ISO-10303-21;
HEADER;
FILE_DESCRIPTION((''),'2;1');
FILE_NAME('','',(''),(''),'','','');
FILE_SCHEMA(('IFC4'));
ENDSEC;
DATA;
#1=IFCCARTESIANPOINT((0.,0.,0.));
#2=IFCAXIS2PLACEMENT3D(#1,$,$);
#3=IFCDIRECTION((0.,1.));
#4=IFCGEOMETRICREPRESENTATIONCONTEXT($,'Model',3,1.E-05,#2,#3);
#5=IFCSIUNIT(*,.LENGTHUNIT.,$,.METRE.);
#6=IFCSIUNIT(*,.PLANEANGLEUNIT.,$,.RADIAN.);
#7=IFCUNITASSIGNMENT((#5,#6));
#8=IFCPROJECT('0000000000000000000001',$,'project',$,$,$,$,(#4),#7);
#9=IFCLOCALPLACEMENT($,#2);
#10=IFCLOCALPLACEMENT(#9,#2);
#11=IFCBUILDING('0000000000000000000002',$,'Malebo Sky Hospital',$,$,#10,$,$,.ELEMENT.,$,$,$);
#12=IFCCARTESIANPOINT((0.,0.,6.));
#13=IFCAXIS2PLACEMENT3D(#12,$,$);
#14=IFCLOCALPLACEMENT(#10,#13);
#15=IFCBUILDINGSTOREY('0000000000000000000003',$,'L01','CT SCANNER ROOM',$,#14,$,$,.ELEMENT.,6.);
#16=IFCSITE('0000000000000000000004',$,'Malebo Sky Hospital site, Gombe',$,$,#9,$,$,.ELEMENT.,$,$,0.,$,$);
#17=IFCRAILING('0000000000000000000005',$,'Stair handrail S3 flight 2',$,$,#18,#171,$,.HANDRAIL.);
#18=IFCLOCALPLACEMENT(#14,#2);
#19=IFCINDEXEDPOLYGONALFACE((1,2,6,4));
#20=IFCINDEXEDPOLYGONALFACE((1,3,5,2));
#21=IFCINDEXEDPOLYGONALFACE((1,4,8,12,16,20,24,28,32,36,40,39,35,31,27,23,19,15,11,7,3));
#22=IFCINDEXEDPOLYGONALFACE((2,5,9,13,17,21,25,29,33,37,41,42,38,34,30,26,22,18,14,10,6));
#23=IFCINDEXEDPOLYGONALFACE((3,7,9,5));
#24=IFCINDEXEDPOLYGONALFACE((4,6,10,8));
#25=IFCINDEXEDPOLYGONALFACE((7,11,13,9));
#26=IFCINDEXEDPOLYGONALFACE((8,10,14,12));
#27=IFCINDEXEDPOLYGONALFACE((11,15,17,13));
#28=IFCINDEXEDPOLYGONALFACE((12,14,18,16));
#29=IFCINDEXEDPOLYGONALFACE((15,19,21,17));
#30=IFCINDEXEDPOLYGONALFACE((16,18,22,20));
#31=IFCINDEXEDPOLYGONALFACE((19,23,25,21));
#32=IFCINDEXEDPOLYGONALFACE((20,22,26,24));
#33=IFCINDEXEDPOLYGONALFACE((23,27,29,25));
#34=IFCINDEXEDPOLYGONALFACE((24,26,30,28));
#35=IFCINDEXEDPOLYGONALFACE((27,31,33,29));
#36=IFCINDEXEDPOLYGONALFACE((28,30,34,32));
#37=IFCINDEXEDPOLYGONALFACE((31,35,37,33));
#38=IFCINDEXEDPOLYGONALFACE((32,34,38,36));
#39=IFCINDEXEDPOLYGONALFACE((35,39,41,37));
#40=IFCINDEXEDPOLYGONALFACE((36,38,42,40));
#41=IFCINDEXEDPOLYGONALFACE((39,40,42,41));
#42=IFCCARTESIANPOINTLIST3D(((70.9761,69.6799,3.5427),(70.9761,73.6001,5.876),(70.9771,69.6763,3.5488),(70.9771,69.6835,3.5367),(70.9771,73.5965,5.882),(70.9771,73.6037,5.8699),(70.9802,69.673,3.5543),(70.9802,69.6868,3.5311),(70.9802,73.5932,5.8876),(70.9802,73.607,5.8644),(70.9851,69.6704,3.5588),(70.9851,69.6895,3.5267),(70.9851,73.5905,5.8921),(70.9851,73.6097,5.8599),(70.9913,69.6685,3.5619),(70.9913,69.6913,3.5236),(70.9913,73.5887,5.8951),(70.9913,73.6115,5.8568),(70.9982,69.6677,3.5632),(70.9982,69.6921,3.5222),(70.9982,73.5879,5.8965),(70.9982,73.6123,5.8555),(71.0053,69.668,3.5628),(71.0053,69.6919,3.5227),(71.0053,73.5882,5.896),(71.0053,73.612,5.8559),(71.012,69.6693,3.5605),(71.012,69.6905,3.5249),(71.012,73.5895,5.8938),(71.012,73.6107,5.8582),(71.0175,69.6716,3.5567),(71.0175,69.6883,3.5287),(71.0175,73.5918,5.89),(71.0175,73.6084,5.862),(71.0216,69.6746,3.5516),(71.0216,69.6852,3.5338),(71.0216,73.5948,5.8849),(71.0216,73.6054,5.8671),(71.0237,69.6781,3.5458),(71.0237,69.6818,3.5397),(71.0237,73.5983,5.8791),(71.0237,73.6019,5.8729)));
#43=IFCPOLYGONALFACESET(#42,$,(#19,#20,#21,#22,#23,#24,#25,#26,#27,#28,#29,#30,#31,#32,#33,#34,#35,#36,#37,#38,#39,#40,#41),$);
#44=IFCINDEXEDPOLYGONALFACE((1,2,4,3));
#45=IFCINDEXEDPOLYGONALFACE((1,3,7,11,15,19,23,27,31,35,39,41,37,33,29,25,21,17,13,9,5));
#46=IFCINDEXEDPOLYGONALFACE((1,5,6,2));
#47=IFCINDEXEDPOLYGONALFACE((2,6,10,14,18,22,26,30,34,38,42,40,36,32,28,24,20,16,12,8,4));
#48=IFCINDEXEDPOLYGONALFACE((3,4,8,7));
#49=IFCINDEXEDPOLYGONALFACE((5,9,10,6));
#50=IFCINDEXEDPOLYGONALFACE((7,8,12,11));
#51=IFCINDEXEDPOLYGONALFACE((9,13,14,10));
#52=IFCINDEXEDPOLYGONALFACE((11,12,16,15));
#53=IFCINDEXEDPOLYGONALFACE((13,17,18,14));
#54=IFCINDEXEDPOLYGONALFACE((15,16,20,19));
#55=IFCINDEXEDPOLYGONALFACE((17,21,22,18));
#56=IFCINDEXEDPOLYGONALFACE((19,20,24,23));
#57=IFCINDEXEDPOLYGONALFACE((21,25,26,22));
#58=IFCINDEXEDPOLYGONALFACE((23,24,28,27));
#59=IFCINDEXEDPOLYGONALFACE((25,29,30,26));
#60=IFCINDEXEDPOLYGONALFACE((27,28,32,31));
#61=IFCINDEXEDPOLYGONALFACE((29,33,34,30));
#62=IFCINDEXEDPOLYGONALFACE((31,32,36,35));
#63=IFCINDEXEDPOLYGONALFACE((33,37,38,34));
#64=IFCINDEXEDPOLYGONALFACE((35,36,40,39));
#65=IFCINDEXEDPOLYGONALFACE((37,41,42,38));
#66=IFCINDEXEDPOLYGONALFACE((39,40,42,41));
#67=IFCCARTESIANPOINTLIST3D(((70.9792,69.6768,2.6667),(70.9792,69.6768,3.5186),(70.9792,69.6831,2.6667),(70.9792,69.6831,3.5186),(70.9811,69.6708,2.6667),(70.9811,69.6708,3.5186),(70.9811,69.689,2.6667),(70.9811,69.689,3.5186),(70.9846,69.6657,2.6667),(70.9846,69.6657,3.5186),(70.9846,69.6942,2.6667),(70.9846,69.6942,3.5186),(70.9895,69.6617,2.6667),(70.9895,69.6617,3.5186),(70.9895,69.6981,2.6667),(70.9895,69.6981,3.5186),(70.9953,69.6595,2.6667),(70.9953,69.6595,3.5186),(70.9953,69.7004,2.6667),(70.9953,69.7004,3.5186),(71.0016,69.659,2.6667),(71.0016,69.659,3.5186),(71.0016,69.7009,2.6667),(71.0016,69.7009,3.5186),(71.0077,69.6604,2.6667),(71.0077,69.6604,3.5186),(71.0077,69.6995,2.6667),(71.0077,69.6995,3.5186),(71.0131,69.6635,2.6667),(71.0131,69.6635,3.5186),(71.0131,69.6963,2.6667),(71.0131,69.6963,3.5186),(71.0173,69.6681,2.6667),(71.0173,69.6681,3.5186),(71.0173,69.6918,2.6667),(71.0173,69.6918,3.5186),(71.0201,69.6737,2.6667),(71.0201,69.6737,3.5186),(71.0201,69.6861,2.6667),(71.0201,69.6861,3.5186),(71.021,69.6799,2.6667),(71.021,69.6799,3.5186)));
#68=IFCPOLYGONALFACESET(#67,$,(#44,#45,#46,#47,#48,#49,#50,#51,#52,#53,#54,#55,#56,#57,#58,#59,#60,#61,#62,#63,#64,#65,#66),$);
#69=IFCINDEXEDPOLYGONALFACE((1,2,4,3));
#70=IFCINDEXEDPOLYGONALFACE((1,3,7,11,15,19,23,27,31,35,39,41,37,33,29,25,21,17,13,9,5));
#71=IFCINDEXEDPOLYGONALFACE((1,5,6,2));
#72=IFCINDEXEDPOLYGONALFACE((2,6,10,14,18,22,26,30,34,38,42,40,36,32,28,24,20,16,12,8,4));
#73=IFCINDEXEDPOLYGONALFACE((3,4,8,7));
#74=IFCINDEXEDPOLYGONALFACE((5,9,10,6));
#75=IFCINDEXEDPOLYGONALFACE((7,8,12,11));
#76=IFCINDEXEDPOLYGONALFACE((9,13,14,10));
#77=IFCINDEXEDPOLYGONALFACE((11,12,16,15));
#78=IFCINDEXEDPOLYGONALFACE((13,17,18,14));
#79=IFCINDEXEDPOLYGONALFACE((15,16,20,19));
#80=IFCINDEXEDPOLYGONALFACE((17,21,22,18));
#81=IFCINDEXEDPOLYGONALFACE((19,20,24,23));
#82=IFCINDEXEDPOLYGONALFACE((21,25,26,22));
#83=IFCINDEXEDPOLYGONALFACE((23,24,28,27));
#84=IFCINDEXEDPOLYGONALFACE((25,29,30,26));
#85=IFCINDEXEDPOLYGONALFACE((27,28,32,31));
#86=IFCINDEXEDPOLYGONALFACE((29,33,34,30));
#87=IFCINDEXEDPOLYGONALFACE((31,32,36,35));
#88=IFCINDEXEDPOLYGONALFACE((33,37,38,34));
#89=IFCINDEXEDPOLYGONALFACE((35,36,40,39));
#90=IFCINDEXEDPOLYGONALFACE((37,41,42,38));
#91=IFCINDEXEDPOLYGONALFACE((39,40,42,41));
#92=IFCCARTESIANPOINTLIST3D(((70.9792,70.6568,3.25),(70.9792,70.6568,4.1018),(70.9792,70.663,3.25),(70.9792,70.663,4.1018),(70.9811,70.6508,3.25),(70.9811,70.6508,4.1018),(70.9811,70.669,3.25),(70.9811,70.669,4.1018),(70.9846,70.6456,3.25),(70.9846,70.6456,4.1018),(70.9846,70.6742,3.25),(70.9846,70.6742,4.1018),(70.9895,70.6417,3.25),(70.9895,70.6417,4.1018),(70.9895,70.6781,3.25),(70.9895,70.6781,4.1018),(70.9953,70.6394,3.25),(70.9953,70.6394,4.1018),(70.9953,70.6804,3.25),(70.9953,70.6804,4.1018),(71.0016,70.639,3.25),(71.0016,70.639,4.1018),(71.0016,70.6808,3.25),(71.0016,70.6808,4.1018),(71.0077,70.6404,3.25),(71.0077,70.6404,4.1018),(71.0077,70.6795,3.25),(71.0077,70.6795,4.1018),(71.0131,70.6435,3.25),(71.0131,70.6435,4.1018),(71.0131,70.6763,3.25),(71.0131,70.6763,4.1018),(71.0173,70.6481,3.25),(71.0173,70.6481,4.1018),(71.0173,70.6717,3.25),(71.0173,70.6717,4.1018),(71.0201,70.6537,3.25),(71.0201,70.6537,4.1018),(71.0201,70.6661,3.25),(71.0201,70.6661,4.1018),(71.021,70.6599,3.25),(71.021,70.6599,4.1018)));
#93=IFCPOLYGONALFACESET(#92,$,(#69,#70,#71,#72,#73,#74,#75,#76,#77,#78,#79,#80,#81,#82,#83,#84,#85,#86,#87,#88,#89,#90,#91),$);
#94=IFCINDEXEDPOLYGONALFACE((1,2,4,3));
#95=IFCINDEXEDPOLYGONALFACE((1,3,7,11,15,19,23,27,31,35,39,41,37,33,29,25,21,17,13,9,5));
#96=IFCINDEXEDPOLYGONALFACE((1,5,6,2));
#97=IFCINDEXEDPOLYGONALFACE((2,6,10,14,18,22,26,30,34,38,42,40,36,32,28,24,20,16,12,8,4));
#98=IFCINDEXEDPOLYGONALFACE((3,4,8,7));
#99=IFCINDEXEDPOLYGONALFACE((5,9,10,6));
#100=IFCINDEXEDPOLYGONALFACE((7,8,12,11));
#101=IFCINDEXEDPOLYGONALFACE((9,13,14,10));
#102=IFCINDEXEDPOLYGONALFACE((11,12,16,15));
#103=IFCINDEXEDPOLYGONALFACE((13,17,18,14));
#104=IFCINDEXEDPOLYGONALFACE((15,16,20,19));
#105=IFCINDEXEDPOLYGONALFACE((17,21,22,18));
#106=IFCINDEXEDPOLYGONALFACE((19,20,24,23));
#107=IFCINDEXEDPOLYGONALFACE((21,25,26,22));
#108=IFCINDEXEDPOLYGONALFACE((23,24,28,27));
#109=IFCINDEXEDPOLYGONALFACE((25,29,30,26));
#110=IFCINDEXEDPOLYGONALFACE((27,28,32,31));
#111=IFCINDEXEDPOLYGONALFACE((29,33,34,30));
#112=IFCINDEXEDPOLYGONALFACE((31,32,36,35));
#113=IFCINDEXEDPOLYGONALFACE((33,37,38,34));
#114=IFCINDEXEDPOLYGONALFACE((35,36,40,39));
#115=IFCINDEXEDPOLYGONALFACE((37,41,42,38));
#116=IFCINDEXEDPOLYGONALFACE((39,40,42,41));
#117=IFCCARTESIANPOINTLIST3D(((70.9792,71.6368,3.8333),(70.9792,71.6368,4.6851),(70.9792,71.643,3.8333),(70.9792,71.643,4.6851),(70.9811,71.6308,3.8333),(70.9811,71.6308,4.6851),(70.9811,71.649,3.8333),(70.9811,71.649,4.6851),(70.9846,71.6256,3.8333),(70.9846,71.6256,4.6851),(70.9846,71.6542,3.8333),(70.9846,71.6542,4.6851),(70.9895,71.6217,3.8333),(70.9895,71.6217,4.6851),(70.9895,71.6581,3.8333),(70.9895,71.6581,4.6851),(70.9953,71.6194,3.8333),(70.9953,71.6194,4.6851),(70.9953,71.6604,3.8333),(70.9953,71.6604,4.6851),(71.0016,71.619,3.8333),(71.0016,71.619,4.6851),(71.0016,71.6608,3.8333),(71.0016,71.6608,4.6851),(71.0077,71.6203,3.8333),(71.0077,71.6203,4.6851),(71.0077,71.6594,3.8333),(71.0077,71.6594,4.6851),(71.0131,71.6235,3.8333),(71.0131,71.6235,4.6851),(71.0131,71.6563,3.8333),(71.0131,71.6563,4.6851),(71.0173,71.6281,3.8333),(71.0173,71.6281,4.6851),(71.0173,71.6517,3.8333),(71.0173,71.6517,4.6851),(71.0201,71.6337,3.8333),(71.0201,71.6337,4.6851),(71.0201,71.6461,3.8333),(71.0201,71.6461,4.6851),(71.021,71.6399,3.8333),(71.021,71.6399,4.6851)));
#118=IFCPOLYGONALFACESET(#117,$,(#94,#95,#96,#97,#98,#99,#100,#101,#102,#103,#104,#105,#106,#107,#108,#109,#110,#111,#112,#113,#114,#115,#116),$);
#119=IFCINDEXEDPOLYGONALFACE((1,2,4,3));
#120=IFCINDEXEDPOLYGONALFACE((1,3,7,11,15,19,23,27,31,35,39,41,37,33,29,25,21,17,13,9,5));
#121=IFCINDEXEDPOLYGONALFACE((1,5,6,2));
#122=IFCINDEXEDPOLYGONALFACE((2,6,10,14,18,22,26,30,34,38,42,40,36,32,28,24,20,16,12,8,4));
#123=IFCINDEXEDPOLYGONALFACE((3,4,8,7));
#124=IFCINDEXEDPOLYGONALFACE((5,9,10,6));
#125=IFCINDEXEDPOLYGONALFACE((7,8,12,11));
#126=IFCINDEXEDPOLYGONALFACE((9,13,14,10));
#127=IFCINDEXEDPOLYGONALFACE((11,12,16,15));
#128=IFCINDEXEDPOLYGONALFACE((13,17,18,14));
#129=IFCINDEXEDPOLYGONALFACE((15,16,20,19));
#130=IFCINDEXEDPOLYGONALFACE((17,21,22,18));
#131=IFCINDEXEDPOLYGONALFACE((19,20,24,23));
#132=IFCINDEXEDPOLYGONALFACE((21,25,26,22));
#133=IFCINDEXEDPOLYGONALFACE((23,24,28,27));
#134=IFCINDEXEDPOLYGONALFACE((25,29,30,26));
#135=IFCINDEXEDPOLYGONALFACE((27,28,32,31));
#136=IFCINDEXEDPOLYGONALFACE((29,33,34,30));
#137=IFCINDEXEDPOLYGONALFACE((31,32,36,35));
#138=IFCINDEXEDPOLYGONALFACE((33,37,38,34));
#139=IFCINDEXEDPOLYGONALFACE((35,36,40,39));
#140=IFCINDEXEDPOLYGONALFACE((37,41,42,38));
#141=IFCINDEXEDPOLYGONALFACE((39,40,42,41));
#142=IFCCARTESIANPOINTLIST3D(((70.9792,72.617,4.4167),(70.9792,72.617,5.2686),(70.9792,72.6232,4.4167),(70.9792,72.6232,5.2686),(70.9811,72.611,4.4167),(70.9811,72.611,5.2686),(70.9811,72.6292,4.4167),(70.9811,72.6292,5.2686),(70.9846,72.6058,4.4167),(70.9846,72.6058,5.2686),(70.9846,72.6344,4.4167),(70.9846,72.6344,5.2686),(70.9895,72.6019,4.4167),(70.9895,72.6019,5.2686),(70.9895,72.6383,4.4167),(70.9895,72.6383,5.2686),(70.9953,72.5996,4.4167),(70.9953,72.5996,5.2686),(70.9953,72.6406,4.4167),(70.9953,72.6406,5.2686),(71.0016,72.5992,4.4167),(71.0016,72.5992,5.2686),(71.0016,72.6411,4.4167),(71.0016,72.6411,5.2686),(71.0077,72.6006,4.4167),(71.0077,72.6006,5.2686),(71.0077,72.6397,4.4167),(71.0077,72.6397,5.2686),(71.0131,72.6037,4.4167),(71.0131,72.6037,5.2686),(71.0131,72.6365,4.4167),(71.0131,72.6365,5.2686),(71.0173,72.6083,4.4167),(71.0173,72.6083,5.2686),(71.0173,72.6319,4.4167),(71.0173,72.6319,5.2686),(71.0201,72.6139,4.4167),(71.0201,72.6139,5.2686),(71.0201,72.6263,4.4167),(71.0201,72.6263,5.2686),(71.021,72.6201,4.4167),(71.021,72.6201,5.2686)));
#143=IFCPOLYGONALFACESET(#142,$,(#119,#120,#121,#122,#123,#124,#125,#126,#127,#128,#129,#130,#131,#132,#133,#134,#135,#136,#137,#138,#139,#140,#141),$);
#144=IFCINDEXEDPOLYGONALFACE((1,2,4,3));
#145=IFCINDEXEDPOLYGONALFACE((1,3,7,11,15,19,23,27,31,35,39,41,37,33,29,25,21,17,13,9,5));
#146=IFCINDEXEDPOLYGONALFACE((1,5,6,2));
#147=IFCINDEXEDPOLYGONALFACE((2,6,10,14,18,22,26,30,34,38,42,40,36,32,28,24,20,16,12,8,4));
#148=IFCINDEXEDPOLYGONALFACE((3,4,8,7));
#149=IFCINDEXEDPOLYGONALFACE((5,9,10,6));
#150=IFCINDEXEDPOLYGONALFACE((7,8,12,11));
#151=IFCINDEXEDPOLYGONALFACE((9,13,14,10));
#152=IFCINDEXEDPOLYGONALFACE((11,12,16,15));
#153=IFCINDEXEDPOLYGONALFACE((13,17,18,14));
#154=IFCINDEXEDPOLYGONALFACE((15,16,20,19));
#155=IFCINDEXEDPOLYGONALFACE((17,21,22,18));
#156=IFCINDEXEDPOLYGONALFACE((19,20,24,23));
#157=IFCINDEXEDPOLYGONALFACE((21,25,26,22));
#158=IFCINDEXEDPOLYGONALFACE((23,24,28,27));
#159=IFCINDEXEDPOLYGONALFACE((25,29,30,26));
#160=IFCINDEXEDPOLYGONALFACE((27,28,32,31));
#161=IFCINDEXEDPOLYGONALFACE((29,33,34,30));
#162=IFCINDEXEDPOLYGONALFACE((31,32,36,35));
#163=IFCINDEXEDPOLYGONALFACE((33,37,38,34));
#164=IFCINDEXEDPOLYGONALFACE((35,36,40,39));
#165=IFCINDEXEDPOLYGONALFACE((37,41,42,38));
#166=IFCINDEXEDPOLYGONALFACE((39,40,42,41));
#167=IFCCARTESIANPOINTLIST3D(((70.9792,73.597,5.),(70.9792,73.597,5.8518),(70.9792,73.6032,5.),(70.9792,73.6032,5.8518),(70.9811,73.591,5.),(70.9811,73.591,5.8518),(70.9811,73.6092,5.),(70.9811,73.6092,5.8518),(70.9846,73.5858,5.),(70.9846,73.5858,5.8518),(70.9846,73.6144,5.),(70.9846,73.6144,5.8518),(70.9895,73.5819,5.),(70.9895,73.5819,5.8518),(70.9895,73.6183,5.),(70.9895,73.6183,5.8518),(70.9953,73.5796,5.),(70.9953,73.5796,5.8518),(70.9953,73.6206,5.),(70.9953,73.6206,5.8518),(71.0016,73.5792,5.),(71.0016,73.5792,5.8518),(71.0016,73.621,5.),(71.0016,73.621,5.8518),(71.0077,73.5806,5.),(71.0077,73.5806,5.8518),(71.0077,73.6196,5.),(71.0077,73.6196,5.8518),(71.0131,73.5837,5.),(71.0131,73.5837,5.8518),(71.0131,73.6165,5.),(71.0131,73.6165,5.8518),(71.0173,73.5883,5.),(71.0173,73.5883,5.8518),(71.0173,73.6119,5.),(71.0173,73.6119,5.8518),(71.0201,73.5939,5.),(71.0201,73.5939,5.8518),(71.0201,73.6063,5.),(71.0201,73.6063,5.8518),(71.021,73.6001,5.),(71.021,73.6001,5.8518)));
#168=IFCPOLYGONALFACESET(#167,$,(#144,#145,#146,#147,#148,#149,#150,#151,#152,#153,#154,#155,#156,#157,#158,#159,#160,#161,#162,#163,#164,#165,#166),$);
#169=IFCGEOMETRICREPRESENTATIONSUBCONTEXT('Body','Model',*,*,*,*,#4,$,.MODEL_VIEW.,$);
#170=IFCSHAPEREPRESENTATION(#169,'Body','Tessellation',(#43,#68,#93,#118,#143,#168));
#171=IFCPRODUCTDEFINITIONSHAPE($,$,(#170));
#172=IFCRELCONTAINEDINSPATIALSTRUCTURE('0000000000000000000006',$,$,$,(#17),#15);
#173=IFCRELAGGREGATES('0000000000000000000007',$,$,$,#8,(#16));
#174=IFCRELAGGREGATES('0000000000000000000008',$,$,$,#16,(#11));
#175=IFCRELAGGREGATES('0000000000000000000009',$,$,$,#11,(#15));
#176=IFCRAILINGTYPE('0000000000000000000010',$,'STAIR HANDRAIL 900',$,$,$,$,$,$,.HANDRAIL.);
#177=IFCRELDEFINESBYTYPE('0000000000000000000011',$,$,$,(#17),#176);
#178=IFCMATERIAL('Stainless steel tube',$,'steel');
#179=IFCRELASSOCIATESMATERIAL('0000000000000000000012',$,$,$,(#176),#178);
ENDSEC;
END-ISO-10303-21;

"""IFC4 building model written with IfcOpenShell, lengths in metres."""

from ifc_helpers import new_model, si_unit, direction, frame, origin, origin_2d, place, context, subcontext, project, spatial, circle, extrude, material, type_object, element, save


model = new_model("IFC4")

# Units and contexts
model_context = context("Model", 3, precision=1e-05, world=origin(), true_north=direction((0.0, 1.0)))
body_context = subcontext(model_context, "Body", "Model", "MODEL_VIEW")
ifc_project = project(units=[si_unit("LENGTHUNIT", "METRE"), si_unit("PLANEANGLEUNIT", "RADIAN")], contexts=[model_context])

# Site, building, storey
site_placement = place(None, origin())
site = spatial("IfcSite", under=ifc_project, at=site_placement, Name="Malebo Sky Hospital site, Gombe", CompositionType="ELEMENT", RefElevation=0.0)
building_placement = place(site_placement, origin())
building = spatial("IfcBuilding", under=site, at=building_placement, Name="Malebo Sky Hospital", CompositionType="ELEMENT")
storey_placement = place(building_placement, frame((0.0, 0.0, 6.0)))
storey = spatial("IfcBuildingStorey", under=building, at=storey_placement, Name="L01", Description="CT SCANNER ROOM", CompositionType="ELEMENT", Elevation=6.0)

# Railing
ifc_material_1 = material(Name="Stainless steel tube", Category="steel")
railing_type = type_object("IfcRailingType", Name="STAIR HANDRAIL 900", PredefinedType="HANDRAIL", material=ifc_material_1)
railing_1_placement = place(storey_placement, frame((71.0, 69.6799, 2.6667)))
element("IfcRailing", 1, at=railing_1_placement, inside=storey, type_object=railing_type, Name="Stair handrail S3 flight 2", PredefinedType="HANDRAIL", context=body_context, shape_type="SweptSolid", body=[
    extrude(circle(Radius=0.0239, at=origin_2d()), frame((0.0, 0.0, 0.876), z_axis=(0.0, 0.85931, 0.511455), x_axis=(-1.0, 0.0, 0.0)), (0.0, 0.0, 1.0), 4.562),
    extrude(circle(Radius=0.021, at=origin_2d()), origin(), (0.0, 0.0, 1.0), 0.8518),
    extrude(circle(Radius=0.021, at=origin_2d()), frame((0.0, 0.98, 0.5833)), (0.0, 0.0, 1.0), 0.8518),
    extrude(circle(Radius=0.021, at=origin_2d()), frame((0.0, 1.96, 1.1665)), (0.0, 0.0, 1.0), 0.8518),
    extrude(circle(Radius=0.021, at=origin_2d()), frame((0.0, 2.9402, 1.75)), (0.0, 0.0, 1.0), 0.8518),
    extrude(circle(Radius=0.021, at=origin_2d()), frame((0.0, 3.9202, 2.3333)), (0.0, 0.0, 1.0), 0.8518),
])

save(model, "model.ifc")
